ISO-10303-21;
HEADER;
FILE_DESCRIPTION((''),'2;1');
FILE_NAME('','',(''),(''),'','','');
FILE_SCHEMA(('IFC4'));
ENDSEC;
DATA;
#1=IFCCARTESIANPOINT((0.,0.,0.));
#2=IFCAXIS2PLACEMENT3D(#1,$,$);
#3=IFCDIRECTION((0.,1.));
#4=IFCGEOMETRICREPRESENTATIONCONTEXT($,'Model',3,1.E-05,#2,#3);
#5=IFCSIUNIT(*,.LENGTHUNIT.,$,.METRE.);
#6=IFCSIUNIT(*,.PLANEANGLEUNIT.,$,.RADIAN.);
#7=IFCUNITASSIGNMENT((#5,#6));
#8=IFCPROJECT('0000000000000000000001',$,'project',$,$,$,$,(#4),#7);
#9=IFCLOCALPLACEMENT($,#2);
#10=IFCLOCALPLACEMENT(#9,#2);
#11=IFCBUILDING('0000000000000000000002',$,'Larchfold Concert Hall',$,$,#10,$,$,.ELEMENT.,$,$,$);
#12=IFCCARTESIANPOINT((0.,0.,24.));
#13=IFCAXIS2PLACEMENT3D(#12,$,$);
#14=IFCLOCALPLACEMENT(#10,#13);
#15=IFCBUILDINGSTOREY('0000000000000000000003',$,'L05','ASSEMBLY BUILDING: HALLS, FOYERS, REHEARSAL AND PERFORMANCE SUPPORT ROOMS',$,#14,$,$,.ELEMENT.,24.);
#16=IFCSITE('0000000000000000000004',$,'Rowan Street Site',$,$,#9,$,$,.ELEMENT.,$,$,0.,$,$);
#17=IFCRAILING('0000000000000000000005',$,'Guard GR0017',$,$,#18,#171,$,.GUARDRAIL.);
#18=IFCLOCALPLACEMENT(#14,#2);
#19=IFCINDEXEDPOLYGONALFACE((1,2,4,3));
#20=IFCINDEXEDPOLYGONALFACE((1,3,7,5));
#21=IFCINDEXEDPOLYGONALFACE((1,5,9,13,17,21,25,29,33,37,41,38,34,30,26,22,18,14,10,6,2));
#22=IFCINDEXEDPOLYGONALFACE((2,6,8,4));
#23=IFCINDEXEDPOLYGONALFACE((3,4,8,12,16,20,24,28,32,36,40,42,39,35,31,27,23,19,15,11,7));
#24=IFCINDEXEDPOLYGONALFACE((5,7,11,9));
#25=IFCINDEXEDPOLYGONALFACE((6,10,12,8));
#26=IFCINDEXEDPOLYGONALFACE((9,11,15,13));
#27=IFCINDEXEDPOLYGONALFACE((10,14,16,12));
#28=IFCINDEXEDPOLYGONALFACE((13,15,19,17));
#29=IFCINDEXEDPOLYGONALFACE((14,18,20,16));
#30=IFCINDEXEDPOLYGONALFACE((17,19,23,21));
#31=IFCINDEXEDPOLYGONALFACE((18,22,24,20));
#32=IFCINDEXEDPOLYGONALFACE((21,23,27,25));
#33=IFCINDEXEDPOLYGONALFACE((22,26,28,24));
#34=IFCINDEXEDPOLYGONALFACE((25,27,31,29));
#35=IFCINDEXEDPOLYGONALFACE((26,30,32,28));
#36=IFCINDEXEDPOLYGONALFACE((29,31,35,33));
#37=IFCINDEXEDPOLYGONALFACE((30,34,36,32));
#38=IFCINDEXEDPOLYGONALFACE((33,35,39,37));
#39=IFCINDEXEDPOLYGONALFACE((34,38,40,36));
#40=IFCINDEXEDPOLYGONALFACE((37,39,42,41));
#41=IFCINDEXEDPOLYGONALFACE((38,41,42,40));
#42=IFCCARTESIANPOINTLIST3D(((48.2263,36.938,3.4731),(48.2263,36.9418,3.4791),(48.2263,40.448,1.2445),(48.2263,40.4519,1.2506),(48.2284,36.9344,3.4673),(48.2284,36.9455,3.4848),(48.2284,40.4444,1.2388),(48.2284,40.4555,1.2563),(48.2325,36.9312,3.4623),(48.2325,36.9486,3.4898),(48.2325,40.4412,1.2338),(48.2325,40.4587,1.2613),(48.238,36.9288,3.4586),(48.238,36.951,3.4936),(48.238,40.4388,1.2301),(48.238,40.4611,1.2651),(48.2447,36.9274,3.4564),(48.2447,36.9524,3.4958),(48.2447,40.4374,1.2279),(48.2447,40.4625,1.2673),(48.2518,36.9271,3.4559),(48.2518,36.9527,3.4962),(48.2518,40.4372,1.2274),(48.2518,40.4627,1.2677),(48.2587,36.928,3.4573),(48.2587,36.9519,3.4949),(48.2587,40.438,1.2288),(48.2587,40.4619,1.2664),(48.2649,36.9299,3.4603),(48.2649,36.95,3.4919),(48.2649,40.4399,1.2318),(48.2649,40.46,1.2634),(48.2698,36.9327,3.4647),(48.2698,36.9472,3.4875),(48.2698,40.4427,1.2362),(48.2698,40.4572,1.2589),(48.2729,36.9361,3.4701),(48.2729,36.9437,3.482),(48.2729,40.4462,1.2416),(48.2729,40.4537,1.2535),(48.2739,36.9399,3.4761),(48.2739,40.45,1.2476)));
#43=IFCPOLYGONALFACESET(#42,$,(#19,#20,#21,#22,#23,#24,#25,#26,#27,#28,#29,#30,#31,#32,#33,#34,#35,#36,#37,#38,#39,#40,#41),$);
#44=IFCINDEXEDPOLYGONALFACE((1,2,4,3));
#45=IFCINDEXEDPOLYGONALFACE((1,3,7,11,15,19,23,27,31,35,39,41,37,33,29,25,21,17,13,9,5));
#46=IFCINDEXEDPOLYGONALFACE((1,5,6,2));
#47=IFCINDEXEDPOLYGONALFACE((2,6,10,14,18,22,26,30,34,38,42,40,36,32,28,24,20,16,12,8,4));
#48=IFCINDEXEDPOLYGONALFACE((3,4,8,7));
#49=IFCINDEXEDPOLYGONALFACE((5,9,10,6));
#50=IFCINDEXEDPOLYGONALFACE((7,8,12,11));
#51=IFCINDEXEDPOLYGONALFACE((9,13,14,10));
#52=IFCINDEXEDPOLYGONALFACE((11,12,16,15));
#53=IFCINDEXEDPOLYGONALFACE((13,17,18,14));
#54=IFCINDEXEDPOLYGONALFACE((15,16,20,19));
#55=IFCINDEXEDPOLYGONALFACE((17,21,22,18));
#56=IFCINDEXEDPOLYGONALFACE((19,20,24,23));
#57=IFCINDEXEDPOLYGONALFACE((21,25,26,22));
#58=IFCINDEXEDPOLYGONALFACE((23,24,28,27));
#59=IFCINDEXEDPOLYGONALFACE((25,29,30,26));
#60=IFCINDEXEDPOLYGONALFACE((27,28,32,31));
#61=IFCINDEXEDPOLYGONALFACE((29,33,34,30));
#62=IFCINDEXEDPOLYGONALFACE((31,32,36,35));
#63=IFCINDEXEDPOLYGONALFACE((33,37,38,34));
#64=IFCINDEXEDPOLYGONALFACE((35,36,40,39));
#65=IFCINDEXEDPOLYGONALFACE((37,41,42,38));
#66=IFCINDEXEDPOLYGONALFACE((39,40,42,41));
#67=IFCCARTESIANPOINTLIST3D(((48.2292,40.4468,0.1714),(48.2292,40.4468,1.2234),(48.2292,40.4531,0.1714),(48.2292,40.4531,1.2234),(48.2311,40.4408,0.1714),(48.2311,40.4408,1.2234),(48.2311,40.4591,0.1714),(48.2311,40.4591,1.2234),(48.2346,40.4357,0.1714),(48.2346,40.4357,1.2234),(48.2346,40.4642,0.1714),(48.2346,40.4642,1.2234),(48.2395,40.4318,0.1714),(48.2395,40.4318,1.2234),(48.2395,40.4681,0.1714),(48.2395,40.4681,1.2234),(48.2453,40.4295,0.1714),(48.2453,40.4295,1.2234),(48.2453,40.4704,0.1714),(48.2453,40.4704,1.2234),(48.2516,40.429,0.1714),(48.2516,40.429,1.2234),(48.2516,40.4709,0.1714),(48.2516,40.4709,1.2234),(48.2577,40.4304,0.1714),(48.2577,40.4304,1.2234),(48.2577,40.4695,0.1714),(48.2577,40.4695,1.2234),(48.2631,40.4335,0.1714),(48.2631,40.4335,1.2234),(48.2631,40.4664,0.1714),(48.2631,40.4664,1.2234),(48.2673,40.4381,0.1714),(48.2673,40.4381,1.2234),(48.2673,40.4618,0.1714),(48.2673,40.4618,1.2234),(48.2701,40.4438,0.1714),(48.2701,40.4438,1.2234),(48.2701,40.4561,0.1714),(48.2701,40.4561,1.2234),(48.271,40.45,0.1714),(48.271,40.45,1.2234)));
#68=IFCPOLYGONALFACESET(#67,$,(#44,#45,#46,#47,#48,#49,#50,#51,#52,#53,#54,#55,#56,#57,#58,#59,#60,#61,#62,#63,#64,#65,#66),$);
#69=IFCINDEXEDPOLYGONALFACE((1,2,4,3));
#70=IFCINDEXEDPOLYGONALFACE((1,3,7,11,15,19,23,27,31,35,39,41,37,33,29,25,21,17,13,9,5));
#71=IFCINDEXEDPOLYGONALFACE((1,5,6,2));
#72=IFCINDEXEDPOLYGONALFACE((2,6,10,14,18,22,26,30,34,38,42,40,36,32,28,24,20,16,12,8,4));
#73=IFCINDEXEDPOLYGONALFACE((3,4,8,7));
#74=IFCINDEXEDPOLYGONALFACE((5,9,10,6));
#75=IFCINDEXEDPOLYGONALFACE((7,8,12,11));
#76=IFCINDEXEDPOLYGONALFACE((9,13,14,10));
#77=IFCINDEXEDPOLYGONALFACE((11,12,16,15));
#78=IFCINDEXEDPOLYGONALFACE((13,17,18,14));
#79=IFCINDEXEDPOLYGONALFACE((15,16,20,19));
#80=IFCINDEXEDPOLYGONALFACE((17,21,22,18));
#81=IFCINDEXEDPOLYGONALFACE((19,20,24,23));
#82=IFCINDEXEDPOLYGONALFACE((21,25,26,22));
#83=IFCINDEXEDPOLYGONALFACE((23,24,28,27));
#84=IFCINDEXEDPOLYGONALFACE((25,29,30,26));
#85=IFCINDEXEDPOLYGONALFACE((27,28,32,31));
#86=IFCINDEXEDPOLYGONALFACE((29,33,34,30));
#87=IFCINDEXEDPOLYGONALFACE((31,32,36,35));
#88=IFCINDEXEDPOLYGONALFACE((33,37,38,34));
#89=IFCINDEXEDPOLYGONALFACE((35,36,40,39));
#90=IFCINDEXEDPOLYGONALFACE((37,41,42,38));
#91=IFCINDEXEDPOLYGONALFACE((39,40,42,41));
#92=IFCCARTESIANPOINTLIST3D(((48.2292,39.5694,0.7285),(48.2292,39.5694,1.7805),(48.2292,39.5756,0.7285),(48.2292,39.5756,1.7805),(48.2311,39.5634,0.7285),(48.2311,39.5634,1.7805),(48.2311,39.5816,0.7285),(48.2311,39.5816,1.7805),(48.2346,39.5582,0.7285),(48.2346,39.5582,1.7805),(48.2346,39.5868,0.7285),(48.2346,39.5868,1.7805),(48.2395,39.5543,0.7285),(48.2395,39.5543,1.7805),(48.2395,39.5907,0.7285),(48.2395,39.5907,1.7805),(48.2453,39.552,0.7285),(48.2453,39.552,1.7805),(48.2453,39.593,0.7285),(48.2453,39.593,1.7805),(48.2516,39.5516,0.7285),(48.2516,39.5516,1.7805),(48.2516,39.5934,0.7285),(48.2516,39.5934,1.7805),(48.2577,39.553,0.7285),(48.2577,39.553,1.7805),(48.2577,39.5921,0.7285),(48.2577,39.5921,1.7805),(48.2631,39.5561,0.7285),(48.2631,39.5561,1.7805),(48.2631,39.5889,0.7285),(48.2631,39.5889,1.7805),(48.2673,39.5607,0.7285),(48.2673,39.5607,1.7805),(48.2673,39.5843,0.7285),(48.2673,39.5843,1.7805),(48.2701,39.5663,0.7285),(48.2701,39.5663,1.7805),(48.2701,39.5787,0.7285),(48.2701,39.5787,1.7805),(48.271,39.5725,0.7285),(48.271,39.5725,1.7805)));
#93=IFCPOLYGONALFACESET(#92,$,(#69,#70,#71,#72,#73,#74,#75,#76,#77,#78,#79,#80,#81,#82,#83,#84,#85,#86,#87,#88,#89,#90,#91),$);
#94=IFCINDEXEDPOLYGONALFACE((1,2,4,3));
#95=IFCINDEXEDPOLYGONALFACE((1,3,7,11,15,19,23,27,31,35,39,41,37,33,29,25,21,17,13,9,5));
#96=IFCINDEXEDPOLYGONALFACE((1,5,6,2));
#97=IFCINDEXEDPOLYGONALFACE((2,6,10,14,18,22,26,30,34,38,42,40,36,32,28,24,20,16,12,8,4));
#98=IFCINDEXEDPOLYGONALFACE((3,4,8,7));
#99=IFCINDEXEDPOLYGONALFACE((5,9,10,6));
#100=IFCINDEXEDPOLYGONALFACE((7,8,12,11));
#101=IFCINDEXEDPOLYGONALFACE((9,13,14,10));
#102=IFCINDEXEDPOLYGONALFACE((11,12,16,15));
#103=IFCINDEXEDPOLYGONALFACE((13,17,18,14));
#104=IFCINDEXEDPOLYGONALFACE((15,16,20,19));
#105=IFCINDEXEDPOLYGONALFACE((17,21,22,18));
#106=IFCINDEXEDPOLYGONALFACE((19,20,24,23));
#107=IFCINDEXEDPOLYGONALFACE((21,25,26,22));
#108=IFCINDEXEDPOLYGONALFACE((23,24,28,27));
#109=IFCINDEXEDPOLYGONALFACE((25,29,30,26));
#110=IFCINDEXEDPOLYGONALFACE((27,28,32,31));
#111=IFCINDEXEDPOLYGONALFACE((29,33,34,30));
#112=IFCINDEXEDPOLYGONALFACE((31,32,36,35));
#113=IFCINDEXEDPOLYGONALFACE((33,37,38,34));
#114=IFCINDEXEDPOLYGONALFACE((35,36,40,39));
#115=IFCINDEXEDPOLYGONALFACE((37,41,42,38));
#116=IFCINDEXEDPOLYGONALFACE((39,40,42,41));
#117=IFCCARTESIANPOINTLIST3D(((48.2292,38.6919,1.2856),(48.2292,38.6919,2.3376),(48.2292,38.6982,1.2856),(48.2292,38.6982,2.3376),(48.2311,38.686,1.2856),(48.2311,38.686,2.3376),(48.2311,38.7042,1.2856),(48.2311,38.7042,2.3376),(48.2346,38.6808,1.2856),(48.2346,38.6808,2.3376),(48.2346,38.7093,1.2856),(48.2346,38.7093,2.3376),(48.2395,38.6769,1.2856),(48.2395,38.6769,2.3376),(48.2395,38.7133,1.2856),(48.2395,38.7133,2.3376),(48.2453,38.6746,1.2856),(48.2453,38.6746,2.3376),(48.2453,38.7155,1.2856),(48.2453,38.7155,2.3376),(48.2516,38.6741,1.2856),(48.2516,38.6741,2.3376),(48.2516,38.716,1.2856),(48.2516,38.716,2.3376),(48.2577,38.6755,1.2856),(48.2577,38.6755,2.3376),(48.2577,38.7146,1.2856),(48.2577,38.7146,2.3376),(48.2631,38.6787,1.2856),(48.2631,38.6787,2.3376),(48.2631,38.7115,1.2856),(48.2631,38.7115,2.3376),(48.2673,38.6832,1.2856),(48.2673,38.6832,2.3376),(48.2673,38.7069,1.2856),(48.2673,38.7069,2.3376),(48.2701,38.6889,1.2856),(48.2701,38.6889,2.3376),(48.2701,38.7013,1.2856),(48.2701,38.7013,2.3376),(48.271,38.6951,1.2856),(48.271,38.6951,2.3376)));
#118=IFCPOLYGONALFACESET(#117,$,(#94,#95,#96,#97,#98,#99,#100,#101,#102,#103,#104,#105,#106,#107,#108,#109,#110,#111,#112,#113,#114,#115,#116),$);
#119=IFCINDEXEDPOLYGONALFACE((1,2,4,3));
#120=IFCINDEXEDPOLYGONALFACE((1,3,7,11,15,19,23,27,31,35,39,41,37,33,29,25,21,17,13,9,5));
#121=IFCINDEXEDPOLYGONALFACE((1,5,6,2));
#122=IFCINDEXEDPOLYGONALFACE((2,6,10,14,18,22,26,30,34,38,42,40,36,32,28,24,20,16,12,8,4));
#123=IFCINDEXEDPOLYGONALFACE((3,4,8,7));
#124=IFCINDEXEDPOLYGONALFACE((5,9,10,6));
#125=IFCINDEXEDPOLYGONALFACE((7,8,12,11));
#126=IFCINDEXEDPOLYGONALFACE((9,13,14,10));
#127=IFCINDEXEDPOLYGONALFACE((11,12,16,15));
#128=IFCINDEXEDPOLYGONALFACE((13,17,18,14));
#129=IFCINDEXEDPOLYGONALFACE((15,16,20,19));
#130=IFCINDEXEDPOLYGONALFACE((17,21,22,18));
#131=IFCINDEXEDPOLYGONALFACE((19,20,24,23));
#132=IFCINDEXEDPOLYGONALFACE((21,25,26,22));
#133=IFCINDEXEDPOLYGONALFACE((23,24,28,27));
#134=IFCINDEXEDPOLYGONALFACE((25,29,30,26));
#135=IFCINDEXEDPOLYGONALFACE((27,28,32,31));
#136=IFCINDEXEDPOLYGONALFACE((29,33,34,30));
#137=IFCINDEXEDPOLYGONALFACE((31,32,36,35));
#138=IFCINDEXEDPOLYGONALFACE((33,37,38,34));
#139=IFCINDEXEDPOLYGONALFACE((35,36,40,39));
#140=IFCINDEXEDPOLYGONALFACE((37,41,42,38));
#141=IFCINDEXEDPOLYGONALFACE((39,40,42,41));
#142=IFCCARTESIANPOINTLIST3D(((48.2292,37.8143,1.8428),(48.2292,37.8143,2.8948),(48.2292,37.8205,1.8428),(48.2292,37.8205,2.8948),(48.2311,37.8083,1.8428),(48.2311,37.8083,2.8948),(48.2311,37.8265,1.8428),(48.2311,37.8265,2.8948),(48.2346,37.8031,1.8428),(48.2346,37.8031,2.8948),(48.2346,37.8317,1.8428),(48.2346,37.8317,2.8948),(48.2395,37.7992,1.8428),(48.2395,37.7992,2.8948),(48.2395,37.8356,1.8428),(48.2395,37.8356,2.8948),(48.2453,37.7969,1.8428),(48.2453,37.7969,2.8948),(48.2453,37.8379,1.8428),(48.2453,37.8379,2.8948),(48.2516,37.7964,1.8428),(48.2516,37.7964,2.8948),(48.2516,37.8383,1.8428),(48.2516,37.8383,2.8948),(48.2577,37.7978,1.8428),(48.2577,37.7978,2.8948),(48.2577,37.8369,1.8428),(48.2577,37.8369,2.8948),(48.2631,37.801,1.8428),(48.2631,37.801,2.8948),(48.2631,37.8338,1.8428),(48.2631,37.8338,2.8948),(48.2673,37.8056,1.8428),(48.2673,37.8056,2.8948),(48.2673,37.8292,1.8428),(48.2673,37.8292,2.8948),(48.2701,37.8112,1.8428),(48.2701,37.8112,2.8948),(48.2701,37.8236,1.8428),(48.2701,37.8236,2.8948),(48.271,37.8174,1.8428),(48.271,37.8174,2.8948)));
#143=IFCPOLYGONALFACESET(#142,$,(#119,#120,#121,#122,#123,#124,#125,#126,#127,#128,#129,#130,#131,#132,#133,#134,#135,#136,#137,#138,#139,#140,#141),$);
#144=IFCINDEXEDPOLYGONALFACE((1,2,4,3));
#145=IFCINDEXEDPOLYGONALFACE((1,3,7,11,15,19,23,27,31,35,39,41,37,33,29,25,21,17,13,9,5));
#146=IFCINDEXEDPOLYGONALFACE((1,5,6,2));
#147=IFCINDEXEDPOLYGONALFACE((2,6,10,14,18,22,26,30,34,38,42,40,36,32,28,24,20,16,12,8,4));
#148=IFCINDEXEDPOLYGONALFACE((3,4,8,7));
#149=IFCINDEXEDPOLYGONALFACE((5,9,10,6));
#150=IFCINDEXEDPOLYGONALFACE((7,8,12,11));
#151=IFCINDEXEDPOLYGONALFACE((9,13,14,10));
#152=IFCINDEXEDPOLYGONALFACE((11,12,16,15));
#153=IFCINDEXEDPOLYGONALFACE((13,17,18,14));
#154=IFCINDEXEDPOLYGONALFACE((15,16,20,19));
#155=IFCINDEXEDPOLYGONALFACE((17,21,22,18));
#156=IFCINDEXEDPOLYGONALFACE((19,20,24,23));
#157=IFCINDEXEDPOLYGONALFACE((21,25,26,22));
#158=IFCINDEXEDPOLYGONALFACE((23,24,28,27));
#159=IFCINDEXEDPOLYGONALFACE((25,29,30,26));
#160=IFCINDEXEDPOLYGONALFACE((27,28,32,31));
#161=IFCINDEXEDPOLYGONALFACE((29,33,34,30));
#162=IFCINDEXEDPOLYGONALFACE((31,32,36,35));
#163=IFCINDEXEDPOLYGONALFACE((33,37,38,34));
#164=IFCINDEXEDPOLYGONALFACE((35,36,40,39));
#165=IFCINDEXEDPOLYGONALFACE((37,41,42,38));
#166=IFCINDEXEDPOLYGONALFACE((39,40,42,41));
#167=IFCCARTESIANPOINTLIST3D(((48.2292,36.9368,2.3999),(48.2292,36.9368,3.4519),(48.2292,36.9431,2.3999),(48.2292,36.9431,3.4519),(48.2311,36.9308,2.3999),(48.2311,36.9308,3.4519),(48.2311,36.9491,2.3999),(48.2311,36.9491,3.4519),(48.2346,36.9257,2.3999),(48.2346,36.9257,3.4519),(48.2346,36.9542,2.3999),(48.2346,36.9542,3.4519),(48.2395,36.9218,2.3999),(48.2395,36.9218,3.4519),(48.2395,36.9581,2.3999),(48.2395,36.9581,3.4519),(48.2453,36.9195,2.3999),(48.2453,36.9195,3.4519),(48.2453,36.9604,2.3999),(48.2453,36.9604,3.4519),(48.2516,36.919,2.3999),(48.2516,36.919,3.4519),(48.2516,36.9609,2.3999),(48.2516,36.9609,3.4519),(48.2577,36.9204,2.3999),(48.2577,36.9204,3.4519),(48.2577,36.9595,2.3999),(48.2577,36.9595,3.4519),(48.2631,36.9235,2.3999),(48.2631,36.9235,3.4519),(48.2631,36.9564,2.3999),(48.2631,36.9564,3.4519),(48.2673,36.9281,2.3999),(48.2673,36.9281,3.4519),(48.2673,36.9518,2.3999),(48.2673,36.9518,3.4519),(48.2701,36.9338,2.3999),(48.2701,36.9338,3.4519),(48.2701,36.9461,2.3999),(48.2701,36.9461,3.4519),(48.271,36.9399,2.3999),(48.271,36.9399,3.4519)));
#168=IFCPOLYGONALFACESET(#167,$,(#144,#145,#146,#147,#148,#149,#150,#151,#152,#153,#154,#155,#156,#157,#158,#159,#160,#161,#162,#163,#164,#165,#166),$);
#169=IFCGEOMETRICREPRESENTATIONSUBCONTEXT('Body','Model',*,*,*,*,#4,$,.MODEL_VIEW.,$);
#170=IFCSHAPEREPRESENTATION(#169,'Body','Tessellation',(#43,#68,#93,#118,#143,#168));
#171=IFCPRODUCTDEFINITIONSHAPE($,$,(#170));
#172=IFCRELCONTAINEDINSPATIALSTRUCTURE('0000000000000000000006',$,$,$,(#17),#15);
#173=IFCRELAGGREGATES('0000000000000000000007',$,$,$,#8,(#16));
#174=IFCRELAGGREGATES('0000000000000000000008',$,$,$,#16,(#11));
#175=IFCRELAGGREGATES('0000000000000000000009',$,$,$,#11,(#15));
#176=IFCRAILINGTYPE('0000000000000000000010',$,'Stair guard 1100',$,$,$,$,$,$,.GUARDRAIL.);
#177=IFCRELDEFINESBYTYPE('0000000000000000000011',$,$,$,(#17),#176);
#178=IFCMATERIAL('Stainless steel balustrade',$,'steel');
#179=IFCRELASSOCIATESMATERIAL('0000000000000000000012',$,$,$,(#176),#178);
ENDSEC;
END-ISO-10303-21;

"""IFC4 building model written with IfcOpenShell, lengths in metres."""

from ifc_helpers import new_model, si_unit, direction, frame, origin, origin_2d, place, context, subcontext, project, spatial, circle, extrude, material, type_object, element, save


model = new_model("IFC4")

# Units and contexts
model_context = context("Model", 3, precision=1e-05, world=origin(), true_north=direction((0.0, 1.0)))
body_context = subcontext(model_context, "Body", "Model", "MODEL_VIEW")
ifc_project = project(units=[si_unit("LENGTHUNIT", "METRE"), si_unit("PLANEANGLEUNIT", "RADIAN")], contexts=[model_context])

# Site, building, storey
site_placement = place(None, origin())
site = spatial("IfcSite", under=ifc_project, at=site_placement, Name="Rowan Street Site", CompositionType="ELEMENT", RefElevation=0.0)
building_placement = place(site_placement, origin())
building = spatial("IfcBuilding", under=site, at=building_placement, Name="Larchfold Concert Hall", CompositionType="ELEMENT")
storey_placement = place(building_placement, frame((0.0, 0.0, 24.0)))
storey = spatial("IfcBuildingStorey", under=building, at=storey_placement, Name="L05", Description="ASSEMBLY BUILDING: HALLS, FOYERS, REHEARSAL AND PERFORMANCE SUPPORT ROOMS", CompositionType="ELEMENT", Elevation=24.0)

# Railing
ifc_material_1 = material(Name="Stainless steel balustrade", Category="steel")
railing_type_1 = type_object("IfcRailingType", Name="Stair guard 1100", PredefinedType="GUARDRAIL", material=ifc_material_1)
railing_1_placement = place(storey_placement, frame((48.25, 40.45, 0.1714)))
element("IfcRailing", 1, at=railing_1_placement, inside=storey, type_object=railing_type_1, Name="Guard GR0017", PredefinedType="GUARDRAIL", context=body_context, shape_type="SweptSolid", body=[
    extrude(circle(Radius=0.0239, at=origin_2d()), frame((0.0, 0.0, 1.0762), z_axis=(0.0, -0.84422, 0.535998), x_axis=(1.0, 0.0, 0.0)), (0.0, 0.0, 1.0), 4.1577),
    extrude(circle(Radius=0.021, at=origin_2d()), origin(), (0.0, 0.0, 1.0), 1.052),
    extrude(circle(Radius=0.021, at=origin_2d()), frame((0.0, -0.8774, 0.5571)), (0.0, 0.0, 1.0), 1.052),
    extrude(circle(Radius=0.021, at=origin_2d()), frame((0.0, -1.7549, 1.1143)), (0.0, 0.0, 1.0), 1.052),
    extrude(circle(Radius=0.021, at=origin_2d()), frame((0.0, -2.6326, 1.6714)), (0.0, 0.0, 1.0), 1.052),
    extrude(circle(Radius=0.021, at=origin_2d()), frame((0.0, -3.51, 2.2285)), (0.0, 0.0, 1.0), 1.052),
])

save(model, "model.ifc")
